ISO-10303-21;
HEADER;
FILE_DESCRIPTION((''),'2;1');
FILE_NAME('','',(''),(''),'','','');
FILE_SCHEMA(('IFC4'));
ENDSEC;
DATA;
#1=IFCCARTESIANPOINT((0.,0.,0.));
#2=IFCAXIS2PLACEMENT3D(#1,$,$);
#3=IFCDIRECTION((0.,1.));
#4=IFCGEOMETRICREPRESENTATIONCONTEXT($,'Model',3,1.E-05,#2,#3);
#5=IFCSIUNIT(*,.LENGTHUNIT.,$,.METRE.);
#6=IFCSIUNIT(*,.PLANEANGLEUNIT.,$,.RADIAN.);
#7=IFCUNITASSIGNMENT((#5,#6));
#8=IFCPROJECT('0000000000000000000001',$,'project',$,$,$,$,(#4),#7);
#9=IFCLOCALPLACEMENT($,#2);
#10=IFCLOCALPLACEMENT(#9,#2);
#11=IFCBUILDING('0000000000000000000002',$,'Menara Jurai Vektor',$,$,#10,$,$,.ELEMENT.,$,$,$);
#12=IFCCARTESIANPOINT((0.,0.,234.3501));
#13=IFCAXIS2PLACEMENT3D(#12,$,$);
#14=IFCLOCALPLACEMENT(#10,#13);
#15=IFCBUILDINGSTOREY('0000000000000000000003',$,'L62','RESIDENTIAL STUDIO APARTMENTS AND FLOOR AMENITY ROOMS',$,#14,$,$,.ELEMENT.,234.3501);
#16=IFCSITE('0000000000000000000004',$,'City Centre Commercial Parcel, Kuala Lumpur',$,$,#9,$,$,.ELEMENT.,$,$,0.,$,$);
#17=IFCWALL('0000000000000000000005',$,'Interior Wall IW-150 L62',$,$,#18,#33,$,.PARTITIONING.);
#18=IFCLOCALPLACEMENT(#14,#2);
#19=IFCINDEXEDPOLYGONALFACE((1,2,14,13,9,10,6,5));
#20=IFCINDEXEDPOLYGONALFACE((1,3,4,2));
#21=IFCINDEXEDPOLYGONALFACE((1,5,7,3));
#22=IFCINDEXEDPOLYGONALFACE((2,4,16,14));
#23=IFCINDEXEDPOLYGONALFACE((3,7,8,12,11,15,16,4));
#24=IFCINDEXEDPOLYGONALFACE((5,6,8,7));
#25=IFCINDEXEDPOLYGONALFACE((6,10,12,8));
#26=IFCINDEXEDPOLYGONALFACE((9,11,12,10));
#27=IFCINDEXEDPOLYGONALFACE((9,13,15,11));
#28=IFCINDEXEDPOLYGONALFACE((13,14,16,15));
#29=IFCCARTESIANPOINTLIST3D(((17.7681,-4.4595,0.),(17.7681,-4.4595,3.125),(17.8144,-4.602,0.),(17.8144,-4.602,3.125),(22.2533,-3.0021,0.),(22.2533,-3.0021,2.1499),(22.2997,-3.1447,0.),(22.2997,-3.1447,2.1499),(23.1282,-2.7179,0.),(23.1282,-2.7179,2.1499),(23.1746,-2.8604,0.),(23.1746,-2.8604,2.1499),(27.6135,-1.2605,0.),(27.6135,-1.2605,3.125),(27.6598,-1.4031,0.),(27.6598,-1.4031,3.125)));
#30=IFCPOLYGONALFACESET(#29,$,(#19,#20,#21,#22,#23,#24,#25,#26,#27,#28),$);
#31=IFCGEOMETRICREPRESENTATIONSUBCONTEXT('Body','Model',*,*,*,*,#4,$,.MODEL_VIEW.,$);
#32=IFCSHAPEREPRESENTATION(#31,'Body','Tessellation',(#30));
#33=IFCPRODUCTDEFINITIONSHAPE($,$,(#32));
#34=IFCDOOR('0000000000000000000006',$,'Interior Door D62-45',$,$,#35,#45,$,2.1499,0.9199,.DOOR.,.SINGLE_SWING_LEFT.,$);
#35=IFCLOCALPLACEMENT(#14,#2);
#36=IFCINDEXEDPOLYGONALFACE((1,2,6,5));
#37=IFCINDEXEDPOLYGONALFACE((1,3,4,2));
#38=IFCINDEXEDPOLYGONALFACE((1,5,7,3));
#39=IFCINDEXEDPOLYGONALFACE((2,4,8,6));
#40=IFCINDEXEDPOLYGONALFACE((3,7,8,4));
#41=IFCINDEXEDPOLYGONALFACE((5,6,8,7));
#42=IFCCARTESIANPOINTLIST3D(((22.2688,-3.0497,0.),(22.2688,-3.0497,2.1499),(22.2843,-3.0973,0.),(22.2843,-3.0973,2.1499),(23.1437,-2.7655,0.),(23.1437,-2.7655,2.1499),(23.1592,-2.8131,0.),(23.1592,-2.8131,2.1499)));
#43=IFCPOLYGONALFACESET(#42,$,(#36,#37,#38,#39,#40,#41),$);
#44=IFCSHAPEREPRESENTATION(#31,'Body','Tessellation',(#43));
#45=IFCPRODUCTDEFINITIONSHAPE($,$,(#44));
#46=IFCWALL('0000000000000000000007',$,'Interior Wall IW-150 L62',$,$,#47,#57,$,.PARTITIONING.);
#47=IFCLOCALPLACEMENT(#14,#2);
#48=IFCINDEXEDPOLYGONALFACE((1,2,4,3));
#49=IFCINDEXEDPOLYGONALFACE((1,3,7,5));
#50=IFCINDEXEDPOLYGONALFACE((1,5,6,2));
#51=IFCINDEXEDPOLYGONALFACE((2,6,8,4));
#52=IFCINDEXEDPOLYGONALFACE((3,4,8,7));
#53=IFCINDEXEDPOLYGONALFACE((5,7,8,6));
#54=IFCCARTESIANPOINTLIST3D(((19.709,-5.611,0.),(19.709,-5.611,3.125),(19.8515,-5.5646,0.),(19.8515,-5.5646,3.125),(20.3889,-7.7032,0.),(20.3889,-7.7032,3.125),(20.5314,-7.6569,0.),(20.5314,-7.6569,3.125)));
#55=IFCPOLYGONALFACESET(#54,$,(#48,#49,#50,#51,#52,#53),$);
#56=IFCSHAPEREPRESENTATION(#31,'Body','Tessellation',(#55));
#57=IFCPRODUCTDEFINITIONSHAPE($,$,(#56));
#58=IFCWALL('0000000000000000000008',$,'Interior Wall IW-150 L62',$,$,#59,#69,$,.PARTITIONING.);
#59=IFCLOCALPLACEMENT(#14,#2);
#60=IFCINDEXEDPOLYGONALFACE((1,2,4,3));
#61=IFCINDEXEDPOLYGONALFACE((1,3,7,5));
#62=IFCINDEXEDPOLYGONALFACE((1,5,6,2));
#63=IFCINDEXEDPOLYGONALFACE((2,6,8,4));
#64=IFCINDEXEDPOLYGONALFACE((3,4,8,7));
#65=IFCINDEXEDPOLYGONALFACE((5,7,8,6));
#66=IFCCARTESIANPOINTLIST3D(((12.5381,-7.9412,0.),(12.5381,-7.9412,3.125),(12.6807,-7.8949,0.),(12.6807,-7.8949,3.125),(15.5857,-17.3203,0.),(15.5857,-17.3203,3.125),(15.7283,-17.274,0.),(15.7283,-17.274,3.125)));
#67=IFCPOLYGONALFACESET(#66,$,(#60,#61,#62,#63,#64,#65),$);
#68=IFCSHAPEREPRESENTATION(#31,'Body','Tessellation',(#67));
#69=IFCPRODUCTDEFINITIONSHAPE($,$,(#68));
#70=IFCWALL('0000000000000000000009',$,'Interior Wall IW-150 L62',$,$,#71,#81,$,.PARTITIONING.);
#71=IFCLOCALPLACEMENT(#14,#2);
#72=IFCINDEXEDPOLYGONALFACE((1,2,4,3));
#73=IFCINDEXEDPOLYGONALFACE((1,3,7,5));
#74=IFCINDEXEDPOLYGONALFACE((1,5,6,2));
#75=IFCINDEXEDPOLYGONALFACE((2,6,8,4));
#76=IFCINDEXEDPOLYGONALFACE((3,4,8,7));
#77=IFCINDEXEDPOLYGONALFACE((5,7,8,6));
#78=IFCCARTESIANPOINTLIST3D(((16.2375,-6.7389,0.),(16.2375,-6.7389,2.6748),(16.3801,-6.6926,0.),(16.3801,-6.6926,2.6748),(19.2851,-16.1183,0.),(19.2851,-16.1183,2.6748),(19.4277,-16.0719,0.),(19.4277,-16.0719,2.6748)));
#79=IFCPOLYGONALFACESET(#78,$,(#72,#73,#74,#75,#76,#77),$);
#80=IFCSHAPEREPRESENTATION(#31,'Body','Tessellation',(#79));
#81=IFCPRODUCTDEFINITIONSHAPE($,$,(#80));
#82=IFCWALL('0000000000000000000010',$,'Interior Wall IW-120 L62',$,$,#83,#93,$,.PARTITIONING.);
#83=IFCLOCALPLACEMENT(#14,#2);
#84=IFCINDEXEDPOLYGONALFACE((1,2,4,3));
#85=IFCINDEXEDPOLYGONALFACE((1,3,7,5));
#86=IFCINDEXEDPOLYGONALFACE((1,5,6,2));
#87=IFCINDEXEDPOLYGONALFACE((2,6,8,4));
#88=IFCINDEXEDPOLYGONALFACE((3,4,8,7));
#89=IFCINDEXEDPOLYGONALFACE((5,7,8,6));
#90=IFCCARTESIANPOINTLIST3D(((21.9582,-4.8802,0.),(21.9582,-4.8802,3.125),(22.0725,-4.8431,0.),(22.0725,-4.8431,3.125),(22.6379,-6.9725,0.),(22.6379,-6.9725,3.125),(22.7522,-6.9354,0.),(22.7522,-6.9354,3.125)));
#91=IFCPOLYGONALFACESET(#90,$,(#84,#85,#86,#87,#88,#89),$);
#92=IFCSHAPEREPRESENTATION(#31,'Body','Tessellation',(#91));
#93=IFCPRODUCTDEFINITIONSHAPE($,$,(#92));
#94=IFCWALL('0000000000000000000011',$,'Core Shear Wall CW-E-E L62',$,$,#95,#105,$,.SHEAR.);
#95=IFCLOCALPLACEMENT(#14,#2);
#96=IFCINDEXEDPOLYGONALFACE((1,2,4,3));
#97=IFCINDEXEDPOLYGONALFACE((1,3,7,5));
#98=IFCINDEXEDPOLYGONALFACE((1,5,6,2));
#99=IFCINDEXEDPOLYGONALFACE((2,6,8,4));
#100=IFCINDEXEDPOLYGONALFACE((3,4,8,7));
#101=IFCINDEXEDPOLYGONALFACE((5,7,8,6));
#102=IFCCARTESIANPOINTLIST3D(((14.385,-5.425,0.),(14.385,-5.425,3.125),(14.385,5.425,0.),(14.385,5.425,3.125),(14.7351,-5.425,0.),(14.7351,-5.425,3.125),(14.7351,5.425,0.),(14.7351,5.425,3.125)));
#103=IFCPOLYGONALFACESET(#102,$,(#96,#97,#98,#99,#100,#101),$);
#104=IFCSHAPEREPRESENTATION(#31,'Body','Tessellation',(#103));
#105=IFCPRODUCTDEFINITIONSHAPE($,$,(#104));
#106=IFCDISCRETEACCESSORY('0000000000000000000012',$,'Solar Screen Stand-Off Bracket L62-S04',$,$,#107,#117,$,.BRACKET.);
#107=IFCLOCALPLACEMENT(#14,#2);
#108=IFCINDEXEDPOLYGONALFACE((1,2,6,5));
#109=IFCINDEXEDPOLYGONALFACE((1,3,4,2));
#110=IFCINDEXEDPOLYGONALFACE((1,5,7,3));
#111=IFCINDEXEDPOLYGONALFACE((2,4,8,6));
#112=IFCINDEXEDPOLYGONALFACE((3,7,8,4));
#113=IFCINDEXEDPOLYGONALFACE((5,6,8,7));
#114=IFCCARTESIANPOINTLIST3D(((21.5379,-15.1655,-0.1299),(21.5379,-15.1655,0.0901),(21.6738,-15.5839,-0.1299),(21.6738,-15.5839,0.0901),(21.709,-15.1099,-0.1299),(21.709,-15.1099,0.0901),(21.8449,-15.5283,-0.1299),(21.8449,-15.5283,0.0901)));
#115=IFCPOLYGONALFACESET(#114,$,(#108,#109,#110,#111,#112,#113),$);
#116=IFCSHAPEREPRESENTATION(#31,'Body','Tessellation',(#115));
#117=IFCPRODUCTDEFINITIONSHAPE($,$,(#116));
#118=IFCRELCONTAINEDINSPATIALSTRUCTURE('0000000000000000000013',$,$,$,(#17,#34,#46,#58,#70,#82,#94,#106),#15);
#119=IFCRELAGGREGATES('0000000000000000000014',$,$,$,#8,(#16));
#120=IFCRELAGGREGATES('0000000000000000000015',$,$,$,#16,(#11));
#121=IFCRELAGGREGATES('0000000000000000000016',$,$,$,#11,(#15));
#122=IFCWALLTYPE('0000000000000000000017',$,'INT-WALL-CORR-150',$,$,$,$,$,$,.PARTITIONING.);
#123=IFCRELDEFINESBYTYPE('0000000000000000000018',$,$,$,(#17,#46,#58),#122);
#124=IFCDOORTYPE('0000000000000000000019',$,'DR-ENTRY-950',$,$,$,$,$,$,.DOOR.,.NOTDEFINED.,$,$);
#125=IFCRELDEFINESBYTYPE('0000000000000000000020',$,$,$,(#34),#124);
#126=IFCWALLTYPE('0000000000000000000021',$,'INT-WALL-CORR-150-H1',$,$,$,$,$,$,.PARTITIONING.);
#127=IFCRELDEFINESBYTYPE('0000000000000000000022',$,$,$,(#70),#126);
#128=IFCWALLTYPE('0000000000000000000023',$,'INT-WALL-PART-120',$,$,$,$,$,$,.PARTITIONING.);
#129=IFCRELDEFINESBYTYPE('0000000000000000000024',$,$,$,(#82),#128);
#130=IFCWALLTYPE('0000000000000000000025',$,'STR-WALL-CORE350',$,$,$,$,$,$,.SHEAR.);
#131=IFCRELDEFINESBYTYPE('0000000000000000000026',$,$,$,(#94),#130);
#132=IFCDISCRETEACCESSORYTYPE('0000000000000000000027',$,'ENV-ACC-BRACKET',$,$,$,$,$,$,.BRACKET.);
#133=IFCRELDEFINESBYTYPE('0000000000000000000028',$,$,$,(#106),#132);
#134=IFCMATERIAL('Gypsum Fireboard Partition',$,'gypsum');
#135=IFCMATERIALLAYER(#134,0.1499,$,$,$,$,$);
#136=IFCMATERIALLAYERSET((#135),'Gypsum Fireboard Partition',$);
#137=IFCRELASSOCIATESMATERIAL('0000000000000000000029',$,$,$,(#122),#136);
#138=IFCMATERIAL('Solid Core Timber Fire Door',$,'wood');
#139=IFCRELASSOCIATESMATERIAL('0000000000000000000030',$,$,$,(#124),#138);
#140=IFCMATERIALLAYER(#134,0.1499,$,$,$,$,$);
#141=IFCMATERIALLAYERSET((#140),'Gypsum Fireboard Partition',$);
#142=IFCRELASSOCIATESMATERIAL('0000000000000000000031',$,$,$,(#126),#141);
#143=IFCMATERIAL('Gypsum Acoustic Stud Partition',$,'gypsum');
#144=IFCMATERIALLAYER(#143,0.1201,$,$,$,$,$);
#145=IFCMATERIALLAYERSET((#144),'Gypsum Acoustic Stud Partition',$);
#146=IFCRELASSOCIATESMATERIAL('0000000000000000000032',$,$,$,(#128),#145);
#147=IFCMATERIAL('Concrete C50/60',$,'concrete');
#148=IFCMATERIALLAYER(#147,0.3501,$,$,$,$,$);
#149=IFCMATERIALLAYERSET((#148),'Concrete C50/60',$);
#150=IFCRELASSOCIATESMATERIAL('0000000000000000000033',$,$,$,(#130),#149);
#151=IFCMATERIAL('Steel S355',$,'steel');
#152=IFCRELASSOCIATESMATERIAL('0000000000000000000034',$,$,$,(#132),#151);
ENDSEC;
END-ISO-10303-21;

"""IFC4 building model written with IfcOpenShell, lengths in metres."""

from ifc_helpers import new_model, si_unit, direction, frame, frame_2d, origin, origin_2d, place, context, subcontext, project, spatial, rectangle, extrude, material, layer, layer_set, type_object, element, fill, save


model = new_model("IFC4")

# Units and contexts
model_context = context("Model", 3, precision=1e-05, world=origin(), true_north=direction((0.0, 1.0)))
body_context = subcontext(model_context, "Body", "Model", "MODEL_VIEW")
ifc_project = project(units=[si_unit("LENGTHUNIT", "METRE"), si_unit("PLANEANGLEUNIT", "RADIAN")], contexts=[model_context])

# Site, building, storey
site_placement = place(None, origin())
site = spatial("IfcSite", under=ifc_project, at=site_placement, Name="City Centre Commercial Parcel, Kuala Lumpur", CompositionType="ELEMENT", RefElevation=0.0)
building_placement = place(site_placement, origin())
building = spatial("IfcBuilding", under=site, at=building_placement, Name="Menara Jurai Vektor", CompositionType="ELEMENT")
storey_placement = place(building_placement, frame((0.0, 0.0, 234.3501)))
storey = spatial("IfcBuildingStorey", under=building, at=storey_placement, Name="L62", Description="RESIDENTIAL STUDIO APARTMENTS AND FLOOR AMENITY ROOMS", CompositionType="ELEMENT", Elevation=234.3501)

# Shared definitions
ifc_material_1 = material(Name="Concrete C50/60", Category="concrete")

# Shared definitions
ifc_material_2 = material(Name="Steel S355", Category="steel")

# Shared definitions
ifc_material_3 = material(Name="Gypsum Fireboard Partition", Category="gypsum")
ifc_layer_1 = layer(ifc_material_3, 0.1499)
ifc_layer_set_1 = layer_set([ifc_layer_1], Name="Gypsum Fireboard Partition")
wall_type_1 = type_object("IfcWallType", Name="INT-WALL-CORR-150", PredefinedType="PARTITIONING", material=ifc_layer_set_1)

# Wall, opening, door
wall_1_placement = place(storey_placement, frame((17.7913, -4.5308, 0.0), z_axis=(0.0, 0.0, 1.0), x_axis=(0.951057, 0.309016, 0.0)))
wall_1 = element("IfcWall", 1, at=wall_1_placement, inside=storey, type_object=wall_type_1, Name="Interior Wall IW-150 L62", PredefinedType="PARTITIONING", context=body_context, shape_type="SweptSolid", body=[
    extrude(rectangle(XDim=10.3521, YDim=0.1499, at=frame_2d((5.176, 0.0))), origin(), (0.0, 0.0, 1.0), 3.125),
])
opening_1_placement = place(wall_1_placement, frame((4.7161, 0.0, 0.0)))
opening_1 = element("IfcOpeningElement", 2, at=opening_1_placement, cuts=wall_1, PredefinedType="OPENING", context=body_context, shape_type="SweptSolid", body=[
    extrude(rectangle(XDim=0.9199, YDim=2.1499, at=frame_2d((0.46, 1.075))), frame((0.0, 0.085, 0.0), z_axis=(0.0, -1.0, 0.0), x_axis=(1.0, 0.0, 0.0)), (0.0, 0.0, 1.0), 0.1699),
])
ifc_material_4 = material(Name="Solid Core Timber Fire Door", Category="wood")
door_type_1 = type_object("IfcDoorType", Name="DR-ENTRY-950", OperationType="NOTDEFINED", PredefinedType="DOOR", material=ifc_material_4)
door_1_placement = place(opening_1_placement, origin())
door_1 = element("IfcDoor", 3, at=door_1_placement, inside=storey, type_object=door_type_1, Name="Interior Door D62-45", OperationType="SINGLE_SWING_LEFT", OverallHeight=2.1499, OverallWidth=0.9199, PredefinedType="DOOR", context=body_context, shape_type="SweptSolid", body=[
    extrude(rectangle(XDim=0.9199, YDim=2.1499, at=frame_2d((0.46, 1.075))), frame((0.0, 0.0249, 0.0), z_axis=(0.0, -1.0, 0.0), x_axis=(1.0, 0.0, 0.0)), (0.0, 0.0, 1.0), 0.05),
])
fill(opening_1, door_1)

# Wall
wall_2_placement = place(storey_placement, frame((20.4602, -7.6802, 0.0), z_axis=(0.0, 0.0, 1.0), x_axis=(-0.309061, 0.951042, 0.0)))
element("IfcWall", 4, at=wall_2_placement, inside=storey, type_object=wall_type_1, Name="Interior Wall IW-150 L62", PredefinedType="PARTITIONING", context=body_context, shape_type="SweptSolid", body=[
    extrude(rectangle(XDim=2.2, YDim=0.1499, at=frame_2d((1.1001, 0.0))), origin(), (0.0, 0.0, 1.0), 3.125),
])

# Walls
wall_3_placement = place(storey_placement, frame((15.657, -17.2971, 0.0), z_axis=(0.0, 0.0, 1.0), x_axis=(-0.30903, 0.951052, 0.0)))
element("IfcWall", 5, at=wall_3_placement, inside=storey, type_object=wall_type_1, Name="Interior Wall IW-150 L62", PredefinedType="PARTITIONING", context=body_context, shape_type="SweptSolid", body=[
    extrude(rectangle(XDim=9.8618, YDim=0.1499, at=frame_2d((4.9309, 0.0))), origin(), (0.0, 0.0, 1.0), 3.125),
])
ifc_layer_2 = layer(ifc_material_3, 0.1499)
ifc_layer_set_2 = layer_set([ifc_layer_2], Name="Gypsum Fireboard Partition")
wall_type_2 = type_object("IfcWallType", Name="INT-WALL-CORR-150-H1", PredefinedType="PARTITIONING", material=ifc_layer_set_2)
wall_4_placement = place(storey_placement, frame((19.3564, -16.0952, 0.0), z_axis=(0.0, 0.0, 1.0), x_axis=(-0.309022, 0.951055, 0.0)))
element("IfcWall", 6, at=wall_4_placement, inside=storey, type_object=wall_type_2, Name="Interior Wall IW-150 L62", PredefinedType="PARTITIONING", context=body_context, shape_type="SweptSolid", body=[
    extrude(rectangle(XDim=9.8621, YDim=0.1499, at=frame_2d((4.9312, 0.0))), origin(), (0.0, 0.0, 1.0), 2.6748),
])
ifc_material_5 = material(Name="Gypsum Acoustic Stud Partition", Category="gypsum")
ifc_layer_3 = layer(ifc_material_5, 0.1201)
ifc_layer_set_3 = layer_set([ifc_layer_3], Name="Gypsum Acoustic Stud Partition")
wall_type_3 = type_object("IfcWallType", Name="INT-WALL-PART-120", PredefinedType="PARTITIONING", material=ifc_layer_set_3)
wall_5_placement = place(storey_placement, frame((22.6951, -6.9541, 0.0), z_axis=(0.0, 0.0, 1.0), x_axis=(-0.308961, 0.951075, 0.0)))
element("IfcWall", 7, at=wall_5_placement, inside=storey, type_object=wall_type_3, Name="Interior Wall IW-120 L62", PredefinedType="PARTITIONING", context=body_context, shape_type="SweptSolid", body=[
    extrude(rectangle(XDim=2.2, YDim=0.1201, at=frame_2d((1.1001, 0.0))), origin(), (0.0, 0.0, 1.0), 3.125),
])
ifc_layer_4 = layer(ifc_material_1, 0.3501)
ifc_layer_set_4 = layer_set([ifc_layer_4], Name="Concrete C50/60")
wall_type_4 = type_object("IfcWallType", Name="STR-WALL-CORE350", PredefinedType="SHEAR", material=ifc_layer_set_4)
wall_6_placement = place(storey_placement, frame((14.5601, -5.425, 0.0), z_axis=(0.0, 0.0, 1.0), x_axis=(0.0, 1.0, 0.0)))
element("IfcWall", 8, at=wall_6_placement, inside=storey, type_object=wall_type_4, Name="Core Shear Wall CW-E-E L62", PredefinedType="SHEAR", context=body_context, shape_type="SweptSolid", body=[
    extrude(rectangle(XDim=10.8501, YDim=0.3501, at=frame_2d((5.425, 0.0))), origin(), (0.0, 0.0, 1.0), 3.125),
])

# Discrete accessory
discrete_accessory_type = type_object("IfcDiscreteAccessoryType", Name="ENV-ACC-BRACKET", PredefinedType="BRACKET", material=ifc_material_2)
discrete_accessory_placement = place(storey_placement, frame((21.6914, -15.3469, -0.1299), z_axis=(0.0, 0.0, 1.0), x_axis=(0.951057, 0.309017, 0.0)))
element("IfcDiscreteAccessory", 9, at=discrete_accessory_placement, inside=storey, type_object=discrete_accessory_type, Name="Solar Screen Stand-Off Bracket L62-S04", PredefinedType="BRACKET", context=body_context, shape_type="SweptSolid", body=[
    extrude(rectangle(XDim=0.1799, YDim=0.4399, at=origin_2d()), origin(), (0.0, 0.0, 1.0), 0.22),
])

save(model, "model.ifc")
